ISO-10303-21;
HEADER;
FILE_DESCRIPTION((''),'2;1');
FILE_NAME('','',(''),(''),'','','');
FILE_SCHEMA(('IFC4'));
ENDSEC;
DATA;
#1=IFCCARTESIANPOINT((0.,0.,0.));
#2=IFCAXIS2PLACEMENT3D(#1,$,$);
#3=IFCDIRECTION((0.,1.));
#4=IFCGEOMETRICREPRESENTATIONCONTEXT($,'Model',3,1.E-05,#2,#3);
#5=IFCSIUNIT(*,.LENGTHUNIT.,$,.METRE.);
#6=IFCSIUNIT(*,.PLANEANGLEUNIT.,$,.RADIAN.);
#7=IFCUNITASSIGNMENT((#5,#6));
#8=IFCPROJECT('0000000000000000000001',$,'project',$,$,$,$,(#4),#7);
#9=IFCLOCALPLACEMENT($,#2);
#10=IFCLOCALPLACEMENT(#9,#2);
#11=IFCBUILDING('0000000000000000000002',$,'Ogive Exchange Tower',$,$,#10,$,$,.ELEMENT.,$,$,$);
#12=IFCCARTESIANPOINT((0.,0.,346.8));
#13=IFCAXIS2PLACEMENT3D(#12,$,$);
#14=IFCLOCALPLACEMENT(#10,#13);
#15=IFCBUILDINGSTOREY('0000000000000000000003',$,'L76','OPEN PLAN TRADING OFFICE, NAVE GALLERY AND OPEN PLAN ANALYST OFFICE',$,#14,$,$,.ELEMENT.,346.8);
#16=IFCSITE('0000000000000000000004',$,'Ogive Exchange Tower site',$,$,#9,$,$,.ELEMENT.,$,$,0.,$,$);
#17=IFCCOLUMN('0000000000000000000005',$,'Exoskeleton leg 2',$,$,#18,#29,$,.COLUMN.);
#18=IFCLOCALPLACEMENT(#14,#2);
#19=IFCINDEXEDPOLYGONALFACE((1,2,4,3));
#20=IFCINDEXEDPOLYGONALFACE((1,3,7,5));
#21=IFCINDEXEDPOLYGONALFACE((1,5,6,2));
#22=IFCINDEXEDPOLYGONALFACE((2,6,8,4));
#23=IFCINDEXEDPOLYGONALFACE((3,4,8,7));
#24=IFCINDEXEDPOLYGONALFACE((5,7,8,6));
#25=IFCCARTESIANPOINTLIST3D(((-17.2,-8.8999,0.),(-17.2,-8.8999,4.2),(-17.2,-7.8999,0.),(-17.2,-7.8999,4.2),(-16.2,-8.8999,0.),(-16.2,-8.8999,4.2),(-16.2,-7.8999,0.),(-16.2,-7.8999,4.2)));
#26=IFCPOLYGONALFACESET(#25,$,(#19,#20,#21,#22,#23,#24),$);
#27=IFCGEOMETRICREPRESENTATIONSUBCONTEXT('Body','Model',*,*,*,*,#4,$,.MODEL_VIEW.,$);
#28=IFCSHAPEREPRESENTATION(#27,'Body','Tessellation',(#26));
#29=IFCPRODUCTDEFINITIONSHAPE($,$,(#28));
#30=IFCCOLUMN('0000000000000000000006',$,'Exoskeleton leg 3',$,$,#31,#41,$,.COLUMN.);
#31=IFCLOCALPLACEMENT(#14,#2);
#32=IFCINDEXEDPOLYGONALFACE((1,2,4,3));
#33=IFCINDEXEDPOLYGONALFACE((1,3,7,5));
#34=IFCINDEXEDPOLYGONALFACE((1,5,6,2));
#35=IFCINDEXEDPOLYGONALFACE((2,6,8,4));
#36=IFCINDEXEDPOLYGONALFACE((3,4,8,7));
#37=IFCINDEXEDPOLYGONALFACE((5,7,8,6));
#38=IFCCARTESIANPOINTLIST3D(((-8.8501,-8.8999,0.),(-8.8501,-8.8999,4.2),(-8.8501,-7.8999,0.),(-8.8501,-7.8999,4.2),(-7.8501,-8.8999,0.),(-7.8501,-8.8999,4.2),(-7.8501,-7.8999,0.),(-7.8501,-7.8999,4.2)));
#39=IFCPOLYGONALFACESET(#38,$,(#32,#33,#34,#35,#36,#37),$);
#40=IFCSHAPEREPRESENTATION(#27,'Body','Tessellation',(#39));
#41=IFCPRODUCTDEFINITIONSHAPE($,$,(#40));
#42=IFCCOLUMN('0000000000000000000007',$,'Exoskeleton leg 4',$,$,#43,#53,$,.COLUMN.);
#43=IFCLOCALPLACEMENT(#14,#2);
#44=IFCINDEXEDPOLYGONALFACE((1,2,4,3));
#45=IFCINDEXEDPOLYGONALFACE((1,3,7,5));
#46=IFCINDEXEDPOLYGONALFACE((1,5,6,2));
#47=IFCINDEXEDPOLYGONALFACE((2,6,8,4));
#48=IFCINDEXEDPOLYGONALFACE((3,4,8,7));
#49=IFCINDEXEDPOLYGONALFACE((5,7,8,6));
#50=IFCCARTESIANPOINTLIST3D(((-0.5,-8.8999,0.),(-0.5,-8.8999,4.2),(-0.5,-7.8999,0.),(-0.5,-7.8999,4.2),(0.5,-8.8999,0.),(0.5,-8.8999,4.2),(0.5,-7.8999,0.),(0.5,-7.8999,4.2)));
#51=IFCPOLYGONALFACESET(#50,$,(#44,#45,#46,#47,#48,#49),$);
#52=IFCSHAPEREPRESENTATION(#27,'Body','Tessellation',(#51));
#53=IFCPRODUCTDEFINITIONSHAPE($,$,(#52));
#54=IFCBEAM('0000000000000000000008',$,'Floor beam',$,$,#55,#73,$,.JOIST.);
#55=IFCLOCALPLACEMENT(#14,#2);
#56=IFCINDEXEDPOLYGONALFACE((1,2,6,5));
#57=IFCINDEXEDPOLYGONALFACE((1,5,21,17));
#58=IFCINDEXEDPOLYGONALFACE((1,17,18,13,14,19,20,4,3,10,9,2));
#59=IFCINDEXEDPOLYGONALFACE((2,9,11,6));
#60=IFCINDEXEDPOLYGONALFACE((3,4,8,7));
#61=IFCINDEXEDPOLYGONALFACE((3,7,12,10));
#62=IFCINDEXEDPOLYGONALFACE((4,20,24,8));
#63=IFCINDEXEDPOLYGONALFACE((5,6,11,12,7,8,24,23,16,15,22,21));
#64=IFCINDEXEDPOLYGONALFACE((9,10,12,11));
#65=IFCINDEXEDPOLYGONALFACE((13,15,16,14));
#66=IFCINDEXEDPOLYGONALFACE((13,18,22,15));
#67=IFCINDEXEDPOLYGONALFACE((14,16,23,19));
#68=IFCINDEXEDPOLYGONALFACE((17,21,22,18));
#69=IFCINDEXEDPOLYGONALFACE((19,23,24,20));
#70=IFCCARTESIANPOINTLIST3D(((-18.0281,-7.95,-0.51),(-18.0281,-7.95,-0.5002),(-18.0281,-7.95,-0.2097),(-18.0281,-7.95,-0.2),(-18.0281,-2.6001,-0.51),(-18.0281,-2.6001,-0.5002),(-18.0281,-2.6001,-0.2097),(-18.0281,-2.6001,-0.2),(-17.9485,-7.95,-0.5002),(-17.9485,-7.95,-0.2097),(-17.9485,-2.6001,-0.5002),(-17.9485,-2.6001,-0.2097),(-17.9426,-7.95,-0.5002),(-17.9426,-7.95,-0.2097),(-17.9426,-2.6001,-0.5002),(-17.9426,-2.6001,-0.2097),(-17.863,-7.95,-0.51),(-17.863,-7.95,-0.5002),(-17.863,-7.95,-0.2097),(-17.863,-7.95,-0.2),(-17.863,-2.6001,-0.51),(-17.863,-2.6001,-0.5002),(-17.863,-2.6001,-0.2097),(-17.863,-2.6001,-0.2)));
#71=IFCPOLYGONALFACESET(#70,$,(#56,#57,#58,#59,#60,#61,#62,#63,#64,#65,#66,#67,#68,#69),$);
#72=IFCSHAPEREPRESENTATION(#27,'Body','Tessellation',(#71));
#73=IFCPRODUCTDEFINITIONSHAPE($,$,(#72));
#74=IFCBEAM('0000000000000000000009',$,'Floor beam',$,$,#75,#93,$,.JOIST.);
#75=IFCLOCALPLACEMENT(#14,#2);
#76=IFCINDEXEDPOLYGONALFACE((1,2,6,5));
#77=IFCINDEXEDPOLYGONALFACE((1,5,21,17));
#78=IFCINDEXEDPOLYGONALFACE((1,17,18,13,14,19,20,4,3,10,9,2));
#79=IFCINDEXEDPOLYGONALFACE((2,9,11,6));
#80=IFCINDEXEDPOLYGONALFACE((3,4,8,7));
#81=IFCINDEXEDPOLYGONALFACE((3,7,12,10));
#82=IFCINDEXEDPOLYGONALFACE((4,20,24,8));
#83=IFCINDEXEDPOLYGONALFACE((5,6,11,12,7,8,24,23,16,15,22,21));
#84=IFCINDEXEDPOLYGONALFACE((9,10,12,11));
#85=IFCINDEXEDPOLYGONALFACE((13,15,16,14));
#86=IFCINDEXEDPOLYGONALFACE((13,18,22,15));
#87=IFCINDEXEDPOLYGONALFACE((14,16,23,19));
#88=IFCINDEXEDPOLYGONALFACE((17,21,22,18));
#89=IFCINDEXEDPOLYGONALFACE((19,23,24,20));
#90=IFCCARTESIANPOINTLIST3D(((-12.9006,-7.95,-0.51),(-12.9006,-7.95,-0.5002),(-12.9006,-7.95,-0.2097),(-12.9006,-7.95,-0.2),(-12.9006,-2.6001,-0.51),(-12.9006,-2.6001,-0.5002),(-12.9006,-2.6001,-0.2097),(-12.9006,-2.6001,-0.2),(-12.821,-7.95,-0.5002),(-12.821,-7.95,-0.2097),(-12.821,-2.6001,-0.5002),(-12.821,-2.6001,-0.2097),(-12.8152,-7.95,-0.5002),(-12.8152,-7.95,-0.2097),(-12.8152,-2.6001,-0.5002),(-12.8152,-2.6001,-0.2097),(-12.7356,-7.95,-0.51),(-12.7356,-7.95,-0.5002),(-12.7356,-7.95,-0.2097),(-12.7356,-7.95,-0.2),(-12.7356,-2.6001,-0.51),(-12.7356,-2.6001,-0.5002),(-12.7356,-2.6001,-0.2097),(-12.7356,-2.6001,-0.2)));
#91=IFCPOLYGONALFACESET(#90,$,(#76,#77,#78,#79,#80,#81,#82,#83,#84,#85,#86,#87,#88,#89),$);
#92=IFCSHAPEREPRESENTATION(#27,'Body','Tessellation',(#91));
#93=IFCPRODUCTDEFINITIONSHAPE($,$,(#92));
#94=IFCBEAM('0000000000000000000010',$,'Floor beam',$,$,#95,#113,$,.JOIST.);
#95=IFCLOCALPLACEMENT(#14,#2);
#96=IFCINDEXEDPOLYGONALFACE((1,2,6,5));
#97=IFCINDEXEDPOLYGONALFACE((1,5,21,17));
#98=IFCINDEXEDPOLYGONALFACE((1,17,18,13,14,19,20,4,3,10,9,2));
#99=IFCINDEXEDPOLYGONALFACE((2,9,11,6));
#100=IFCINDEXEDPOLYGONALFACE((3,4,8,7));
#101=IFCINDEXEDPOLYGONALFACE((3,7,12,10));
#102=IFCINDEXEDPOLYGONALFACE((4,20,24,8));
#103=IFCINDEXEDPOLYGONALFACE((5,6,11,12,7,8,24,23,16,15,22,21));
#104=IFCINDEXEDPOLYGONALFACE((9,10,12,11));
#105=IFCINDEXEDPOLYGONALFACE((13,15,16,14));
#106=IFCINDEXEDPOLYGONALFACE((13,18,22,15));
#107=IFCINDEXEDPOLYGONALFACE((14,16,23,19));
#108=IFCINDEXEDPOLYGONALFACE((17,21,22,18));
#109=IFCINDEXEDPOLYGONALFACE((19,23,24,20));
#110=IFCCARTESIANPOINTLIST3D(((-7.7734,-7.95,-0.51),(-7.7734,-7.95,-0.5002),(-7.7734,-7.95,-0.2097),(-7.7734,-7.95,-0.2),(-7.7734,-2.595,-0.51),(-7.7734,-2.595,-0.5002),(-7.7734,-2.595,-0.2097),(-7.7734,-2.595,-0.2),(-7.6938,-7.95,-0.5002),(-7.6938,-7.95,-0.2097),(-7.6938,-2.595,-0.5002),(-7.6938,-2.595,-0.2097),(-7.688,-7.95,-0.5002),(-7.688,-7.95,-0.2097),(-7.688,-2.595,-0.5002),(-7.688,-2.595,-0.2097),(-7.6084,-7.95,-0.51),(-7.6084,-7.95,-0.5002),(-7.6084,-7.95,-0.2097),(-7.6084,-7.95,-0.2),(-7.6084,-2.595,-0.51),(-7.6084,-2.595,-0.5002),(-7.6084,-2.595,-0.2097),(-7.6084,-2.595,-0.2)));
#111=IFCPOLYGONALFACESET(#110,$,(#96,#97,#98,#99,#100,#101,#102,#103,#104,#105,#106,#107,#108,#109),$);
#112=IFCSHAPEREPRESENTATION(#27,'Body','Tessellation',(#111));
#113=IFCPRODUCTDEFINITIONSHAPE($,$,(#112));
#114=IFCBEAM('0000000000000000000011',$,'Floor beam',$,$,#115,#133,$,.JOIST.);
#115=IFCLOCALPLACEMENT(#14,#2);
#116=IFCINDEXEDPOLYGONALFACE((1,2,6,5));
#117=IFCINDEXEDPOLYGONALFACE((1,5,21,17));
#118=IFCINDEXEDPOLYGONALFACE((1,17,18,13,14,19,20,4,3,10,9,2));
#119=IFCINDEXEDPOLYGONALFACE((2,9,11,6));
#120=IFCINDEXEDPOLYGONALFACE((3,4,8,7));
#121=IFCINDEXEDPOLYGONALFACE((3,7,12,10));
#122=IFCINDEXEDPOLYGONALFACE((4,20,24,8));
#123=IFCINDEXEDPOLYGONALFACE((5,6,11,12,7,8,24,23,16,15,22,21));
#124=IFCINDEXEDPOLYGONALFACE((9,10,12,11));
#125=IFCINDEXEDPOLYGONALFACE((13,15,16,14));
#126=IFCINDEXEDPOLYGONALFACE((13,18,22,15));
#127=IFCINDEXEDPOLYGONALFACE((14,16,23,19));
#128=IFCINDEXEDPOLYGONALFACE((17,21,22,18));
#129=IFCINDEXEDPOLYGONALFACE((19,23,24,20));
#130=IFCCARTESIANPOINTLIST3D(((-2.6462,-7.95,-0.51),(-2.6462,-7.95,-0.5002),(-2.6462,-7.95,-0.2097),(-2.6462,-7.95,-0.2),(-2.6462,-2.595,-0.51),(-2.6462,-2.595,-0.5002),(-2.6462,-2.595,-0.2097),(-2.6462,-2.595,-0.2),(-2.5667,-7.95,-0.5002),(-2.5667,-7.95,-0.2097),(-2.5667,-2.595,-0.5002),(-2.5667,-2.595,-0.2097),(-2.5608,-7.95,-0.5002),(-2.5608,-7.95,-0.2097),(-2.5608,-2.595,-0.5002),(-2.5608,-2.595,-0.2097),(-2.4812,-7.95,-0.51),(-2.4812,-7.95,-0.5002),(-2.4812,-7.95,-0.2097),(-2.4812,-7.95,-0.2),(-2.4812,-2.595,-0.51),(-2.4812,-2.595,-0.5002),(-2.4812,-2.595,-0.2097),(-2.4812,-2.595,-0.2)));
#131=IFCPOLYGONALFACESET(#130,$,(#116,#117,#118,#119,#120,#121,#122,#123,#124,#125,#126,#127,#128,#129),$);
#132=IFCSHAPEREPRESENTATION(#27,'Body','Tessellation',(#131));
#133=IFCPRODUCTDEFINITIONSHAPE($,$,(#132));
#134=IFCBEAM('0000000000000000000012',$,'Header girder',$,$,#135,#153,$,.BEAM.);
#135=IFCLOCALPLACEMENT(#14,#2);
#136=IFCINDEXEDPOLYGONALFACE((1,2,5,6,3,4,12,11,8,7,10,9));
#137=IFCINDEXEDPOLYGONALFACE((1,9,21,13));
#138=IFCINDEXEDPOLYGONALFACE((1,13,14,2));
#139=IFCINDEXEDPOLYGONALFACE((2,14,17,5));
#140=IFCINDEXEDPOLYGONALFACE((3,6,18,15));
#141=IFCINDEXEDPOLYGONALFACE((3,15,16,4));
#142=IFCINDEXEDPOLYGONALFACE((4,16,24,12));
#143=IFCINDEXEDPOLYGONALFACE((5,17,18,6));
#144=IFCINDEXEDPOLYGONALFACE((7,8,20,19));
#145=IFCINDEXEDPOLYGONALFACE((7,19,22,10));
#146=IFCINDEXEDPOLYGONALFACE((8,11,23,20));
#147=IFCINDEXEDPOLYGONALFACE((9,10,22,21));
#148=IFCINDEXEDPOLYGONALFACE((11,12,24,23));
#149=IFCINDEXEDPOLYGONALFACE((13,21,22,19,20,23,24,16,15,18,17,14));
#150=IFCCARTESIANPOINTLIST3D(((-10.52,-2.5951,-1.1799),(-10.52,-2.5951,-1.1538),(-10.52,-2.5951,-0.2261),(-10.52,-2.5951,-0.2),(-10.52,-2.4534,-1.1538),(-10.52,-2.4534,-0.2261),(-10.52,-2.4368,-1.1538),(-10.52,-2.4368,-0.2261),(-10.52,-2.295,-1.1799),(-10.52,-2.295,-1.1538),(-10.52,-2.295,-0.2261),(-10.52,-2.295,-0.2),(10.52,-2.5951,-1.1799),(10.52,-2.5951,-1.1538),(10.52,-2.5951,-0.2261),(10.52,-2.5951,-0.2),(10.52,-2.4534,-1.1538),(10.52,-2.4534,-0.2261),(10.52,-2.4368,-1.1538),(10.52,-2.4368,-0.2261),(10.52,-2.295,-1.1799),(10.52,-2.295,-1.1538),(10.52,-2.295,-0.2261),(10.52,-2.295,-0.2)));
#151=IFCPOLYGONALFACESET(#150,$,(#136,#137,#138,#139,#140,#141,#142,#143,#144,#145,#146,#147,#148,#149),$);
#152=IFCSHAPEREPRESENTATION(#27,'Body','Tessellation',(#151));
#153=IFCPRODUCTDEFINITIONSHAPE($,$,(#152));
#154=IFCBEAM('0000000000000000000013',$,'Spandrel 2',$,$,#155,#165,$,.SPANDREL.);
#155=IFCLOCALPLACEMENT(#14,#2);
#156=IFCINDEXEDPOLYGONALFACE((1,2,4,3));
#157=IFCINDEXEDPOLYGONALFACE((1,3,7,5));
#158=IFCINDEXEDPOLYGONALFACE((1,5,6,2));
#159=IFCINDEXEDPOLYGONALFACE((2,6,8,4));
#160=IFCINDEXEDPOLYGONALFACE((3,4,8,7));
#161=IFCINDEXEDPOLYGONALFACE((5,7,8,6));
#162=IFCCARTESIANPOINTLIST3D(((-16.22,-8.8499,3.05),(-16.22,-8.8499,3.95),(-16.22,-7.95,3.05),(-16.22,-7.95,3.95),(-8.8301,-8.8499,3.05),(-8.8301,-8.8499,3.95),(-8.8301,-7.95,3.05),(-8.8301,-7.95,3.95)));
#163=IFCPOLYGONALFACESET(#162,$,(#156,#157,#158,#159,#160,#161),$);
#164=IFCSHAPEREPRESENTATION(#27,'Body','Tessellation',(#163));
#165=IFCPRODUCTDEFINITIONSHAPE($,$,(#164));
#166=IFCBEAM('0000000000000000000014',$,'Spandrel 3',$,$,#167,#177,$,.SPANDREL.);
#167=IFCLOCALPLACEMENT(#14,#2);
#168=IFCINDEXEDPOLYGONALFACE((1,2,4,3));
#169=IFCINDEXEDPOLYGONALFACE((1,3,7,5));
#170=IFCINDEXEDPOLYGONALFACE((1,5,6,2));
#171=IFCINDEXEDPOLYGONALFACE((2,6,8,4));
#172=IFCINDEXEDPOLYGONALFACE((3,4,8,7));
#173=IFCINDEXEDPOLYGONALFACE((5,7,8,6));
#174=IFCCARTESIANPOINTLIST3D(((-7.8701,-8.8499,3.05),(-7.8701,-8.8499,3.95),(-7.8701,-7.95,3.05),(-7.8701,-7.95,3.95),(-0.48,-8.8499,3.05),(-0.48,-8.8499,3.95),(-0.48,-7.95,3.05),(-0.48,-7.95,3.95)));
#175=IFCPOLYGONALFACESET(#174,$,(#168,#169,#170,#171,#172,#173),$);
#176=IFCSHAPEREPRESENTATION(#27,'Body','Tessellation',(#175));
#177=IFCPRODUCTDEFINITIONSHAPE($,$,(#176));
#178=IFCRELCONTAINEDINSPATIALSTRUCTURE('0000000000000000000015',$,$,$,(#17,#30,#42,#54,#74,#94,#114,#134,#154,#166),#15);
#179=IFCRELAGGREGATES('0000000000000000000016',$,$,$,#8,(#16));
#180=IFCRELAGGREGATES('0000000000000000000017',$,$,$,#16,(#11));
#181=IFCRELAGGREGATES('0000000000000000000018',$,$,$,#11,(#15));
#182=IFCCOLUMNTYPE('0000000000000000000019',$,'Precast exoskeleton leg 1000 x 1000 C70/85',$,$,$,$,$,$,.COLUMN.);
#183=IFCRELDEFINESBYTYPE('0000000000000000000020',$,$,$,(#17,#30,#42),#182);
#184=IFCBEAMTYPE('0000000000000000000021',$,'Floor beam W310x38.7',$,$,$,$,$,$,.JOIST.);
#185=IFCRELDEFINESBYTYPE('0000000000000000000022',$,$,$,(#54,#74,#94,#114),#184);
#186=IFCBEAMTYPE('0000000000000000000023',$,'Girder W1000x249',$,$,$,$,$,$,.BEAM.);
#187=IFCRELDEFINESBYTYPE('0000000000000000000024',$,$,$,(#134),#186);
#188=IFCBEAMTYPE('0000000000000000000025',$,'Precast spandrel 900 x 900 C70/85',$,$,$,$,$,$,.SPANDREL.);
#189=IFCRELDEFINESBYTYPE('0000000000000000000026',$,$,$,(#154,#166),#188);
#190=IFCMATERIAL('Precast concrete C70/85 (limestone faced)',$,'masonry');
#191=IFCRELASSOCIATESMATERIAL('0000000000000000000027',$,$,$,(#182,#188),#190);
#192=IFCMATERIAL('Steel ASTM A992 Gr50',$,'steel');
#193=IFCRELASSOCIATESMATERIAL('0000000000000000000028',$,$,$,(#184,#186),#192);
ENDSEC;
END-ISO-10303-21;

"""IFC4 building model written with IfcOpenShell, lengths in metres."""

from ifc_helpers import new_model, si_unit, direction, frame, origin, origin_2d, place, context, subcontext, project, spatial, rectangle, i_section, extrude, material, material_profile, profile_set, type_object, element, save


model = new_model("IFC4")

# Units and contexts
model_context = context("Model", 3, precision=1e-05, world=origin(), true_north=direction((0.0, 1.0)))
body_context = subcontext(model_context, "Body", "Model", "MODEL_VIEW")
ifc_project = project(units=[si_unit("LENGTHUNIT", "METRE"), si_unit("PLANEANGLEUNIT", "RADIAN")], contexts=[model_context])

# Site, building, storey
site_placement = place(None, origin())
site = spatial("IfcSite", under=ifc_project, at=site_placement, Name="Ogive Exchange Tower site", CompositionType="ELEMENT", RefElevation=0.0)
building_placement = place(site_placement, origin())
building = spatial("IfcBuilding", under=site, at=building_placement, Name="Ogive Exchange Tower", CompositionType="ELEMENT")
storey_placement = place(building_placement, frame((0.0, 0.0, 346.8)))
storey = spatial("IfcBuildingStorey", under=building, at=storey_placement, Name="L76", Description="OPEN PLAN TRADING OFFICE, NAVE GALLERY AND OPEN PLAN ANALYST OFFICE", CompositionType="ELEMENT", Elevation=346.8)

# Columns
ifc_material_1 = material(Name="Precast concrete C70/85 (limestone faced)", Category="masonry")
ifc_material_profile_1 = material_profile(ifc_material_1, rectangle(XDim=1.0, YDim=1.0, at=origin_2d()), Name="1000 x 1000")
ifc_profile_set_1 = profile_set([ifc_material_profile_1], Name="Precast concrete C70/85 (limestone faced)")
column_type = type_object("IfcColumnType", Name="Precast exoskeleton leg 1000 x 1000 C70/85", PredefinedType="COLUMN", material=ifc_profile_set_1)
for number, where, z_axis, x_axis, name in (
    (1, (-16.7, -8.3999, 0.0), (0.0, 0.0, 1.0), (1.0, 0.0, 0.0), "Exoskeleton leg 2"),
    (2, (-8.3501, -8.3999, 0.0), (0.0, 0.0, 1.0), (1.0, 0.0, 0.0), "Exoskeleton leg 3"),
    (3, (0.0, -8.3999, 0.0), (0.0, 0.0, 1.0), (1.0, 0.0, 0.0), "Exoskeleton leg 4"),
):
    element("IfcColumn", number, at=place(storey_placement, frame(where, z_axis=z_axis, x_axis=x_axis)), inside=storey, type_object=column_type, Name=name, PredefinedType="COLUMN", context=body_context, shape_type="SweptSolid", body=[
        extrude(rectangle(XDim=1.0, YDim=1.0, at=origin_2d()), origin(), (0.0, 0.0, 1.0), 4.2),
    ])

# Beams
ifc_material_2 = material(Name="Steel ASTM A992 Gr50", Category="steel")
ifc_material_profile_2 = material_profile(ifc_material_2, i_section(OverallWidth=0.165, OverallDepth=0.3101, WebThickness=0.0059, FlangeThickness=0.0098, at=origin_2d()), Name="W310x38.7")
ifc_profile_set_2 = profile_set([ifc_material_profile_2], Name="Steel ASTM A992 Gr50")
beam_type_1 = type_object("IfcBeamType", Name="Floor beam W310x38.7", PredefinedType="JOIST", material=ifc_profile_set_2)
for number, where, z_axis, x_axis, name in (
    (4, (-17.9456, -7.95, -0.355), (0.0, 1.0, 0.0), (-1.0, 0.0, 0.0), "Floor beam"),
    (5, (-12.8181, -7.95, -0.355), (0.0, 1.0, 0.0), (-1.0, 0.0, 0.0), "Floor beam"),
):
    element("IfcBeam", number, at=place(storey_placement, frame(where, z_axis=z_axis, x_axis=x_axis)), inside=storey, type_object=beam_type_1, Name=name, PredefinedType="JOIST", context=body_context, shape_type="SweptSolid", body=[
        extrude(i_section(OverallWidth=0.165, OverallDepth=0.3101, WebThickness=0.0059, FlangeThickness=0.0098, at=origin_2d()), origin(), (0.0, 0.0, 1.0), 5.3499),
    ])
for number, where, z_axis, x_axis, name in (
    (6, (-7.6909, -7.95, -0.355), (0.0, 1.0, 0.0), (-1.0, 0.0, 0.0), "Floor beam"),
    (7, (-2.5637, -7.95, -0.355), (0.0, 1.0, 0.0), (-1.0, 0.0, 0.0), "Floor beam"),
):
    element("IfcBeam", number, at=place(storey_placement, frame(where, z_axis=z_axis, x_axis=x_axis)), inside=storey, type_object=beam_type_1, Name=name, PredefinedType="JOIST", context=body_context, shape_type="SweptSolid", body=[
        extrude(i_section(OverallWidth=0.165, OverallDepth=0.3101, WebThickness=0.0059, FlangeThickness=0.0098, at=origin_2d()), origin(), (0.0, 0.0, 1.0), 5.355),
    ])
ifc_material_profile_3 = material_profile(ifc_material_2, i_section(OverallWidth=0.3, OverallDepth=0.98, WebThickness=0.0166, FlangeThickness=0.0261, at=origin_2d()), Name="W1000x249")
ifc_profile_set_3 = profile_set([ifc_material_profile_3], Name="Steel ASTM A992 Gr50")
beam_type_2 = type_object("IfcBeamType", Name="Girder W1000x249", PredefinedType="BEAM", material=ifc_profile_set_3)
beam_1_placement = place(storey_placement, frame((-10.52, -2.4451, -0.6899), z_axis=(1.0, 0.0, 0.0), x_axis=(0.0, 1.0, 0.0)))
element("IfcBeam", 8, at=beam_1_placement, inside=storey, type_object=beam_type_2, Name="Header girder", PredefinedType="BEAM", context=body_context, shape_type="SweptSolid", body=[
    extrude(i_section(OverallWidth=0.3, OverallDepth=0.98, WebThickness=0.0166, FlangeThickness=0.0261, at=origin_2d()), origin(), (0.0, 0.0, 1.0), 21.04),
])
ifc_material_profile_4 = material_profile(ifc_material_1, rectangle(XDim=0.8999, YDim=0.8999, at=origin_2d()), Name="900 x 900")
ifc_profile_set_4 = profile_set([ifc_material_profile_4], Name="Precast concrete C70/85 (limestone faced)")
beam_type_3 = type_object("IfcBeamType", Name="Precast spandrel 900 x 900 C70/85", PredefinedType="SPANDREL", material=ifc_profile_set_4)
beam_2_placement = place(storey_placement, frame((-16.22, -8.3999, 3.5), z_axis=(1.0, 0.0, 0.0), x_axis=(0.0, 1.0, 0.0)))
element("IfcBeam", 9, at=beam_2_placement, inside=storey, type_object=beam_type_3, Name="Spandrel 2", PredefinedType="SPANDREL", context=body_context, shape_type="SweptSolid", body=[
    extrude(rectangle(XDim=0.8999, YDim=0.8999, at=origin_2d()), origin(), (0.0, 0.0, 1.0), 7.3899),
])
beam_3_placement = place(storey_placement, frame((-7.8701, -8.3999, 3.5), z_axis=(1.0, 0.0, 0.0), x_axis=(0.0, 1.0, 0.0)))
element("IfcBeam", 10, at=beam_3_placement, inside=storey, type_object=beam_type_3, Name="Spandrel 3", PredefinedType="SPANDREL", context=body_context, shape_type="SweptSolid", body=[
    extrude(rectangle(XDim=0.8999, YDim=0.8999, at=origin_2d()), origin(), (0.0, 0.0, 1.0), 7.3901),
])

save(model, "model.ifc")
